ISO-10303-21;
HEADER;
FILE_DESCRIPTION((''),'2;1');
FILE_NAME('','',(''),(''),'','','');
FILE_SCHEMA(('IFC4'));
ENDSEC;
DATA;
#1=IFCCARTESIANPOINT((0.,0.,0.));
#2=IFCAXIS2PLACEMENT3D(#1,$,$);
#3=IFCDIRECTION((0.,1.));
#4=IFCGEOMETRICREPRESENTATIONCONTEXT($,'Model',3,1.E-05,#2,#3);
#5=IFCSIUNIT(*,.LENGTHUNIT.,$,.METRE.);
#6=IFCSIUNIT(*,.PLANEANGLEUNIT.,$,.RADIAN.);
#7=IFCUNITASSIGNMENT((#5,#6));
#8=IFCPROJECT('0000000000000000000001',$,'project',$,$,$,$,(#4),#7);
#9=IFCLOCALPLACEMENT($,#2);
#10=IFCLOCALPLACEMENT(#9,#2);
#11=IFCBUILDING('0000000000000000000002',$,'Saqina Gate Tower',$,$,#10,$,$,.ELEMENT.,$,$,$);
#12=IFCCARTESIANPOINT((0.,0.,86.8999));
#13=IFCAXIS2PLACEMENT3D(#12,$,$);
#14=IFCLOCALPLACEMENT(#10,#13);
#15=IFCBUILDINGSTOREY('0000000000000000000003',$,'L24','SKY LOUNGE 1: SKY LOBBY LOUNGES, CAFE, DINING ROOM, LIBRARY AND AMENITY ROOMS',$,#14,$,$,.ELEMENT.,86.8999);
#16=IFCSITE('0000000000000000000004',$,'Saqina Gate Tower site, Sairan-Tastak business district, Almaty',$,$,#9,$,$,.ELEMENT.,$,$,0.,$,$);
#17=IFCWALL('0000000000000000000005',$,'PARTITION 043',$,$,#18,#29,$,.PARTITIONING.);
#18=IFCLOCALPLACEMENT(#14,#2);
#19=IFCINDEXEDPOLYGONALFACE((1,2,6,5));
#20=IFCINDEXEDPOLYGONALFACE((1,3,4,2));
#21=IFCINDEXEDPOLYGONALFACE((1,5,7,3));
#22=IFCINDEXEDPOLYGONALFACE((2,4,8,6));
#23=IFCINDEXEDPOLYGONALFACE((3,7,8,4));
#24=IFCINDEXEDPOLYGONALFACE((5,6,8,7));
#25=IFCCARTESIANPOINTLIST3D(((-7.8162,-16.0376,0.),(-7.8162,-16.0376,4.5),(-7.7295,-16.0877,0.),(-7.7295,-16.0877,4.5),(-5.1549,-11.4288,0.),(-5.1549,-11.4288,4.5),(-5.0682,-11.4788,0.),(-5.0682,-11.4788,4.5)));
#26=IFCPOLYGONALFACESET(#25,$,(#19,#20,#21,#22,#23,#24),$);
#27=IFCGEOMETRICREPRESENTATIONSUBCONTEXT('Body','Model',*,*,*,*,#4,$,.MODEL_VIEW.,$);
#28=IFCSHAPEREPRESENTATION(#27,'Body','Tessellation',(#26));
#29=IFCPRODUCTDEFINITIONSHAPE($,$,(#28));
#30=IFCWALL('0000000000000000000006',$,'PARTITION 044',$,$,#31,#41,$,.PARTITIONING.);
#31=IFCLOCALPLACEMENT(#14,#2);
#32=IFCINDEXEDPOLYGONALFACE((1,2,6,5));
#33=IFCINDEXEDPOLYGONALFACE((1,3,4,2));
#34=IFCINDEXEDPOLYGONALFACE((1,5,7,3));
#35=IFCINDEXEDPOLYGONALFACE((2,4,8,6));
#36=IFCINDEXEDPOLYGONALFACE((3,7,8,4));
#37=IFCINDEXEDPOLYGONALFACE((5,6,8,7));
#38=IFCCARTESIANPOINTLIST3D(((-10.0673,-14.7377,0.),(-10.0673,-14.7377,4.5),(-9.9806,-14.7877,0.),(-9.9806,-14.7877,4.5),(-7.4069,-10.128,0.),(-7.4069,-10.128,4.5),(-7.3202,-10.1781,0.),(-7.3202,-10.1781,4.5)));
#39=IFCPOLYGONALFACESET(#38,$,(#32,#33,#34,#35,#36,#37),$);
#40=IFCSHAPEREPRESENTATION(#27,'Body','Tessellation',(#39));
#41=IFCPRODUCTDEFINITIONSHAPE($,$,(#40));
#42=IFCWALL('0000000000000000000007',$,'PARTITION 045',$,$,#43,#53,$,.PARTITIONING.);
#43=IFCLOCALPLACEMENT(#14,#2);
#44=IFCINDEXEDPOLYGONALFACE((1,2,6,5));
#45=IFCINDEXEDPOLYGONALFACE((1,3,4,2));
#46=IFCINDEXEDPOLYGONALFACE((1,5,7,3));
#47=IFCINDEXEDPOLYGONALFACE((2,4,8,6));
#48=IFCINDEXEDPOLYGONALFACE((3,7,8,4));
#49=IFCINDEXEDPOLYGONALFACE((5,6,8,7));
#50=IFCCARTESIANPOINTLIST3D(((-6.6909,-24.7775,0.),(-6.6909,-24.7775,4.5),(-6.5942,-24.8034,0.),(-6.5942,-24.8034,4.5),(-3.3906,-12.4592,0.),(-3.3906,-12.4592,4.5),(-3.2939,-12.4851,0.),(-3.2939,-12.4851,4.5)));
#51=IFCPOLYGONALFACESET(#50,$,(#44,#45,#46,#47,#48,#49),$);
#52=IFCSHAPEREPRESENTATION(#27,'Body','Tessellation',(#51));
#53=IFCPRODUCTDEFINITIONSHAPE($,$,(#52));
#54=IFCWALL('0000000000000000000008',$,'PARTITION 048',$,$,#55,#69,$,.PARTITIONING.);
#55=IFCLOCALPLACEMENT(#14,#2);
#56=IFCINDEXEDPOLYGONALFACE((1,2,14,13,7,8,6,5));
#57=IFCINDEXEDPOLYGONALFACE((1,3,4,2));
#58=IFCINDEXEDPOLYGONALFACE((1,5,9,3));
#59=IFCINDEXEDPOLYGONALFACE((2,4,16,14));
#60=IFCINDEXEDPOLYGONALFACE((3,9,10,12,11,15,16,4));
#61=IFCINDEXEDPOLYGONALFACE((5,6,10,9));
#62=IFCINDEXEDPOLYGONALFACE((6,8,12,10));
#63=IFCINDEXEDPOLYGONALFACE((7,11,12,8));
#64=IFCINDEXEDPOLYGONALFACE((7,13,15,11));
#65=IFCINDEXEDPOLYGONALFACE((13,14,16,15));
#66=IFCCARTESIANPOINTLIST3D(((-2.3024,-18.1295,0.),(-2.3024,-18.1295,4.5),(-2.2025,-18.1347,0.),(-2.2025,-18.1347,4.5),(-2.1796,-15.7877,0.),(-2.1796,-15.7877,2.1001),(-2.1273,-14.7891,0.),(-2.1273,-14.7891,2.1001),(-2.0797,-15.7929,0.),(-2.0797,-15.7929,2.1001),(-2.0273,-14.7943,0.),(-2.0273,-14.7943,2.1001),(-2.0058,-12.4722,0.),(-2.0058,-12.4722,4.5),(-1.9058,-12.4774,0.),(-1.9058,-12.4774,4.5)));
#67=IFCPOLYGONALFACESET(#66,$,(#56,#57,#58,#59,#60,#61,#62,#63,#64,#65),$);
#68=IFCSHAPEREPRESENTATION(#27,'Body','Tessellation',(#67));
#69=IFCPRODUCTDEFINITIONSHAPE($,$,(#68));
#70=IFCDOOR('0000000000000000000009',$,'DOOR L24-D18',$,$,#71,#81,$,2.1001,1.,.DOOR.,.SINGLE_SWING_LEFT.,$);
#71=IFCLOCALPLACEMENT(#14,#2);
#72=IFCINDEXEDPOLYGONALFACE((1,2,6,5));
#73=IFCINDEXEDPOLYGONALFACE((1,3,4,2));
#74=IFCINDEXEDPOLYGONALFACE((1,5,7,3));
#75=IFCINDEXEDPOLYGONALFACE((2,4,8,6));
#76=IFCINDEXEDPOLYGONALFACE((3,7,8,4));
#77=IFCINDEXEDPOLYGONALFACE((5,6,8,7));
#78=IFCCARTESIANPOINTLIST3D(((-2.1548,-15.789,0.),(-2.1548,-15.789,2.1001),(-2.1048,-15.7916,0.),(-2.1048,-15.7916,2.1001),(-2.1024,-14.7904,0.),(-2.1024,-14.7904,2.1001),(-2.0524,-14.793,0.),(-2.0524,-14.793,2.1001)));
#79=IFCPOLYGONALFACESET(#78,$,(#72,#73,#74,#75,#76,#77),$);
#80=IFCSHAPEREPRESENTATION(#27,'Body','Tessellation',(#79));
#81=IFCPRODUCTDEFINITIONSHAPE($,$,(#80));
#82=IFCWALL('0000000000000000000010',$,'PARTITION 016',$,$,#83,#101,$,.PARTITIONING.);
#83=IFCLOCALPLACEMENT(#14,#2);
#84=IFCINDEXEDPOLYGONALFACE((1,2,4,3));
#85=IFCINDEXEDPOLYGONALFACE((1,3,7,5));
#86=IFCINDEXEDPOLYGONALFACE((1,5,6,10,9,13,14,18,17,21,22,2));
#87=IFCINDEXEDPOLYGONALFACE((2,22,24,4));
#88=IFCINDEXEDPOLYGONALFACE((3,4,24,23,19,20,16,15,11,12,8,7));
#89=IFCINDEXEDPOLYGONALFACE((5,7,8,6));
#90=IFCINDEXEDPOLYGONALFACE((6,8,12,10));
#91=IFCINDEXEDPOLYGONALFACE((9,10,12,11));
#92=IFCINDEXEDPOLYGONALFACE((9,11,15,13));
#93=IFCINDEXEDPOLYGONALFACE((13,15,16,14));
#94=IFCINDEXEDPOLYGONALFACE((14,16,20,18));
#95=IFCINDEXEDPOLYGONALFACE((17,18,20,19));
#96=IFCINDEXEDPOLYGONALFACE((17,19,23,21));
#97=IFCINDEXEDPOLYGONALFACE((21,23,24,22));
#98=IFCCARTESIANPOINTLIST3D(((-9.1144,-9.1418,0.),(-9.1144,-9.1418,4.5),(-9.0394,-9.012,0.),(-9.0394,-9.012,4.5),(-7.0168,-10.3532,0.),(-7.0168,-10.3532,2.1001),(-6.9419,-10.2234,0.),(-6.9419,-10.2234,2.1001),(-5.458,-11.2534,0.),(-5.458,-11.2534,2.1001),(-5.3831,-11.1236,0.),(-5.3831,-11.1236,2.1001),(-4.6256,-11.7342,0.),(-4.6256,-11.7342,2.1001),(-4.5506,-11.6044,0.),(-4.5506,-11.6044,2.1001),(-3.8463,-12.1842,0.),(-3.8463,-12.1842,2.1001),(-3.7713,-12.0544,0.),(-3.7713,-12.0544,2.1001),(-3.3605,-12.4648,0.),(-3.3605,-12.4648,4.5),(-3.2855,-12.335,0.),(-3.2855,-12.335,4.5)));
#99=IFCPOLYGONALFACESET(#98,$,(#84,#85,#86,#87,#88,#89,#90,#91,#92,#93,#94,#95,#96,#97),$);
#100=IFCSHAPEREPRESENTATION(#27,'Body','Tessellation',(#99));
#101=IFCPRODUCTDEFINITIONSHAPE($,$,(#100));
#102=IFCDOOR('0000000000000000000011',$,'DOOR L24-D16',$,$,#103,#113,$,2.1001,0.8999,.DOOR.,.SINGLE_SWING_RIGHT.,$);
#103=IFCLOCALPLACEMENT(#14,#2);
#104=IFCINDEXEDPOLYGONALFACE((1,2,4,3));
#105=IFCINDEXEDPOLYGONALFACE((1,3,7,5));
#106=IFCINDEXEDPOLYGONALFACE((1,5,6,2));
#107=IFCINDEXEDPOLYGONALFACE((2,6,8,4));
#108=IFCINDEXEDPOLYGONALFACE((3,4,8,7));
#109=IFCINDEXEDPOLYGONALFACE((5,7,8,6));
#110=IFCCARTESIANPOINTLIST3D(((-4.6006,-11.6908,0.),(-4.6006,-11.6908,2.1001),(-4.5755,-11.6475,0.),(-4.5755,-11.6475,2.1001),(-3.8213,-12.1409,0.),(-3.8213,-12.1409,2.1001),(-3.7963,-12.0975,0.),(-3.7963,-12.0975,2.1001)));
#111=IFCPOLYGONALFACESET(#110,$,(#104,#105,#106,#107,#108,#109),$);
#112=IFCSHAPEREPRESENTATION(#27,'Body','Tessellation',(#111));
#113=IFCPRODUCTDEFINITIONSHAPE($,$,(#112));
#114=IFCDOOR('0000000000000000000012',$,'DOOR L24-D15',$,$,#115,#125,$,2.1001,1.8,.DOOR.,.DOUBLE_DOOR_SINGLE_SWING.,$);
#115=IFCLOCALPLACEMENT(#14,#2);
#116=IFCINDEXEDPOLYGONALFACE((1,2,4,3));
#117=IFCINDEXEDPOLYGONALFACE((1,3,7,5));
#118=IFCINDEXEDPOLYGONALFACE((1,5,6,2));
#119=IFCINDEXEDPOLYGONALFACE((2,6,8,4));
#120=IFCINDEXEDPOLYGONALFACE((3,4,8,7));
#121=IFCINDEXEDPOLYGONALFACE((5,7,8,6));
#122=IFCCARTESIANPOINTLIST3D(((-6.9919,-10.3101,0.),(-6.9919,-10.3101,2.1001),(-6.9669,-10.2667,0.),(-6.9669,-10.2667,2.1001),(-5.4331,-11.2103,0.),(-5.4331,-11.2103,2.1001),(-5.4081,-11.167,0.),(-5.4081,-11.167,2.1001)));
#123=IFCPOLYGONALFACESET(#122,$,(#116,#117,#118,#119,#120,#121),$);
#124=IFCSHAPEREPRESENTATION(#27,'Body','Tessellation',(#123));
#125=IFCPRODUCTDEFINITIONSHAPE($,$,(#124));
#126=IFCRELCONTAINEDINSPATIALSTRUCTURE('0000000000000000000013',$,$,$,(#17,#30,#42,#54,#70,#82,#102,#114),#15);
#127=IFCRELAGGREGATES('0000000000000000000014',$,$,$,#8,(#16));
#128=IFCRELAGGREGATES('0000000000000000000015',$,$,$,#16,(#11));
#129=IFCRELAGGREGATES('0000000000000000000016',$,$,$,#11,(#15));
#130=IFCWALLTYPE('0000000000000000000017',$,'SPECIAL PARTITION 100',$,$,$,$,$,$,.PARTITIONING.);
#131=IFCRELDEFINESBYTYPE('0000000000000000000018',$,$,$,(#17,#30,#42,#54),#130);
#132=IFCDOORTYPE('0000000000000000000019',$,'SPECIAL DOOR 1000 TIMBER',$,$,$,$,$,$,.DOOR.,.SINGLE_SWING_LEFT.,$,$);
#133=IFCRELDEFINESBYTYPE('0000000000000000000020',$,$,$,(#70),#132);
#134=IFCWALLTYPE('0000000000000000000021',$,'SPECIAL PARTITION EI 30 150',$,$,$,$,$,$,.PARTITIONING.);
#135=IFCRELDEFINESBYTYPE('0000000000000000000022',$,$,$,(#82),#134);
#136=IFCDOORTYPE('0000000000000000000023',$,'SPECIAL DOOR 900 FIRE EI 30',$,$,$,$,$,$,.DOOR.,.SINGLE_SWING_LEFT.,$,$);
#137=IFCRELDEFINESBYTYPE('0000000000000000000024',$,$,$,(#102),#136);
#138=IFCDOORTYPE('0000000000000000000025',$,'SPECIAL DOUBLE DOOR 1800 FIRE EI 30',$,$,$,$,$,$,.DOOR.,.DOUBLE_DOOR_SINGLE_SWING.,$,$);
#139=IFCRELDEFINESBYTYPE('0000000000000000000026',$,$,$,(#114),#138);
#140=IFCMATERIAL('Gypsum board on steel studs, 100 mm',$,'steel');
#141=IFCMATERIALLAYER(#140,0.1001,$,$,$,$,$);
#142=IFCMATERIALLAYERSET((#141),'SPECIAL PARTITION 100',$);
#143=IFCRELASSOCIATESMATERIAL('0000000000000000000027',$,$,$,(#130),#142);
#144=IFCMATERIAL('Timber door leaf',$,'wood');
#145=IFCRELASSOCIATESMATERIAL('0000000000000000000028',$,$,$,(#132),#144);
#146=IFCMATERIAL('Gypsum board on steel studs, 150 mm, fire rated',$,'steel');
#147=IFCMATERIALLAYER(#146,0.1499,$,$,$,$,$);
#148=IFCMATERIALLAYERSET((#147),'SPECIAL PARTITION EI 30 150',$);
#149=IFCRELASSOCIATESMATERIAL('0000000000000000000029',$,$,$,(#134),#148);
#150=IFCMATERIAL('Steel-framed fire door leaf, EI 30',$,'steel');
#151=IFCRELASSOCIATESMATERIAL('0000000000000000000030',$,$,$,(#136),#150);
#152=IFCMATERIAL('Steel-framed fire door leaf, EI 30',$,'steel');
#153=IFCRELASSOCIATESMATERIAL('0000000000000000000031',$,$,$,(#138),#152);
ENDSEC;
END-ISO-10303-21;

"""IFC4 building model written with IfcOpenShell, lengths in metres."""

from ifc_helpers import new_model, si_unit, direction, frame, frame_2d, origin, place, context, subcontext, project, spatial, rectangle, extrude, material, layer, layer_set, type_object, element, fill, save


model = new_model("IFC4")

# Units and contexts
model_context = context("Model", 3, precision=1e-05, world=origin(), true_north=direction((0.0, 1.0)))
body_context = subcontext(model_context, "Body", "Model", "MODEL_VIEW")
ifc_project = project(units=[si_unit("LENGTHUNIT", "METRE"), si_unit("PLANEANGLEUNIT", "RADIAN")], contexts=[model_context])

# Site, building, storey
site_placement = place(None, origin())
site = spatial("IfcSite", under=ifc_project, at=site_placement, Name="Saqina Gate Tower site, Sairan-Tastak business district, Almaty", CompositionType="ELEMENT", RefElevation=0.0)
building_placement = place(site_placement, origin())
building = spatial("IfcBuilding", under=site, at=building_placement, Name="Saqina Gate Tower", CompositionType="ELEMENT")
storey_placement = place(building_placement, frame((0.0, 0.0, 86.8999)))
storey = spatial("IfcBuildingStorey", under=building, at=storey_placement, Name="L24", Description="SKY LOUNGE 1: SKY LOBBY LOUNGES, CAFE, DINING ROOM, LIBRARY AND AMENITY ROOMS", CompositionType="ELEMENT", Elevation=86.8999)

# Walls
ifc_material_1 = material(Name="Gypsum board on steel studs, 100 mm", Category="steel")
ifc_layer_1 = layer(ifc_material_1, 0.1001)
ifc_layer_set_1 = layer_set([ifc_layer_1], Name="SPECIAL PARTITION 100")
wall_type_1 = type_object("IfcWallType", Name="SPECIAL PARTITION 100", PredefinedType="PARTITIONING", material=ifc_layer_set_1)
wall_1_placement = place(storey_placement, frame((-7.7729, -16.0627, 0.0), z_axis=(0.0, 0.0, 1.0), x_axis=(0.500061, 0.86599, 0.0)))
element("IfcWall", 1, at=wall_1_placement, inside=storey, type_object=wall_type_1, Name="PARTITION 043", PredefinedType="PARTITIONING", context=body_context, shape_type="SweptSolid", body=[
    extrude(rectangle(XDim=5.322, YDim=0.1001, at=frame_2d((2.6611, 0.0))), origin(), (0.0, 0.0, 1.0), 4.5),
])
wall_2_placement = place(storey_placement, frame((-10.0239, -14.7627, 0.0), z_axis=(0.0, 0.0, 1.0), x_axis=(0.499864, 0.866104, 0.0)))
element("IfcWall", 2, at=wall_2_placement, inside=storey, type_object=wall_type_1, Name="PARTITION 044", PredefinedType="PARTITIONING", context=body_context, shape_type="SweptSolid", body=[
    extrude(rectangle(XDim=5.3223, YDim=0.1001, at=frame_2d((2.6611, 0.0))), origin(), (0.0, 0.0, 1.0), 4.5),
])
wall_3_placement = place(storey_placement, frame((-6.6426, -24.7905, 0.0), z_axis=(0.0, 0.0, 1.0), x_axis=(0.258794, 0.965932, 0.0)))
element("IfcWall", 3, at=wall_3_placement, inside=storey, type_object=wall_type_1, Name="PARTITION 045", PredefinedType="PARTITIONING", context=body_context, shape_type="SweptSolid", body=[
    extrude(rectangle(XDim=12.7527, YDim=0.1001, at=frame_2d((6.3765, 0.0))), origin(), (0.0, 0.0, 1.0), 4.5),
])

# Wall, opening, door
wall_4_placement = place(storey_placement, frame((-2.2524, -18.1321, 0.0), z_axis=(0.0, 0.0, 1.0), x_axis=(0.052362, 0.998628, 0.0)))
wall_4 = element("IfcWall", 4, at=wall_4_placement, inside=storey, type_object=wall_type_1, Name="PARTITION 048", PredefinedType="PARTITIONING", context=body_context, shape_type="SweptSolid", body=[
    extrude(rectangle(XDim=5.665, YDim=0.1001, at=frame_2d((2.8325, 0.0))), origin(), (0.0, 0.0, 1.0), 4.5),
])
opening_1_placement = place(wall_4_placement, frame((2.345, 0.0, 0.0)))
opening_1 = element("IfcOpeningElement", 5, at=opening_1_placement, cuts=wall_4, PredefinedType="OPENING", context=body_context, shape_type="SweptSolid", body=[
    extrude(rectangle(XDim=1.0, YDim=2.1001, at=frame_2d((0.5, 1.05))), frame((0.0, 0.062, 0.0), z_axis=(0.0, -1.0, 0.0), x_axis=(1.0, 0.0, 0.0)), (0.0, 0.0, 1.0), 0.124),
])
ifc_material_2 = material(Name="Timber door leaf", Category="wood")
door_type_1 = type_object("IfcDoorType", Name="SPECIAL DOOR 1000 TIMBER", OperationType="SINGLE_SWING_LEFT", PredefinedType="DOOR", material=ifc_material_2)
door_1_placement = place(opening_1_placement, frame((1.0, 0.0, 0.0), z_axis=(0.0, 0.0, 1.0), x_axis=(-1.0, 0.0, 0.0)))
door_1 = element("IfcDoor", 6, at=door_1_placement, inside=storey, type_object=door_type_1, Name="DOOR L24-D18", OperationType="SINGLE_SWING_LEFT", OverallHeight=2.1001, OverallWidth=1.0, PredefinedType="DOOR", context=body_context, shape_type="SweptSolid", body=[
    extrude(rectangle(XDim=1.0, YDim=2.1001, at=frame_2d((0.5, 1.05))), frame((0.0, 0.0249, 0.0), z_axis=(0.0, -1.0, 0.0), x_axis=(1.0, 0.0, 0.0)), (0.0, 0.0, 1.0), 0.05),
])
fill(opening_1, door_1)

# Wall, openings, doors
ifc_material_3 = material(Name="Gypsum board on steel studs, 150 mm, fire rated", Category="steel")
ifc_layer_2 = layer(ifc_material_3, 0.1499)
ifc_layer_set_2 = layer_set([ifc_layer_2], Name="SPECIAL PARTITION EI 30 150")
wall_type_2 = type_object("IfcWallType", Name="SPECIAL PARTITION EI 30 150", PredefinedType="PARTITIONING", material=ifc_layer_set_2)
wall_5_placement = place(storey_placement, frame((-9.0769, -9.0769, 0.0), z_axis=(0.0, 0.0, 1.0), x_axis=(0.865962, -0.50011, 0.0)))
wall_5 = element("IfcWall", 7, at=wall_5_placement, inside=storey, type_object=wall_type_2, Name="PARTITION 016", PredefinedType="PARTITIONING", context=body_context, shape_type="SweptSolid", body=[
    extrude(rectangle(XDim=6.6445, YDim=0.1499, at=frame_2d((3.3223, 0.0))), origin(), (0.0, 0.0, 1.0), 4.5),
])
opening_2_placement = place(wall_5_placement, frame((2.4224, 0.0, 0.0)))
opening_2 = element("IfcOpeningElement", 8, at=opening_2_placement, cuts=wall_5, PredefinedType="OPENING", context=body_context, shape_type="SweptSolid", body=[
    extrude(rectangle(XDim=1.8, YDim=2.1001, at=frame_2d((0.8999, 1.05))), frame((0.0, 0.0869, 0.0), z_axis=(0.0, -1.0, 0.0), x_axis=(1.0, 0.0, 0.0)), (0.0, 0.0, 1.0), 0.1738),
])
opening_3_placement = place(wall_5_placement, frame((5.1836, 0.0, 0.0)))
opening_3 = element("IfcOpeningElement", 9, at=opening_3_placement, cuts=wall_5, PredefinedType="OPENING", context=body_context, shape_type="SweptSolid", body=[
    extrude(rectangle(XDim=0.8999, YDim=2.1001, at=frame_2d((0.45, 1.05))), frame((0.0, 0.0869, 0.0), z_axis=(0.0, -1.0, 0.0), x_axis=(1.0, 0.0, 0.0)), (0.0, 0.0, 1.0), 0.1738),
])
ifc_material_4 = material(Name="Steel-framed fire door leaf, EI 30", Category="steel")
door_type_2 = type_object("IfcDoorType", Name="SPECIAL DOOR 900 FIRE EI 30", OperationType="SINGLE_SWING_LEFT", PredefinedType="DOOR", material=ifc_material_4)
door_2_placement = place(opening_3_placement, frame((0.8999, 0.0, 0.0), z_axis=(0.0, 0.0, 1.0), x_axis=(-1.0, 0.0, 0.0)))
door_2 = element("IfcDoor", 10, at=door_2_placement, inside=storey, type_object=door_type_2, Name="DOOR L24-D16", OperationType="SINGLE_SWING_RIGHT", OverallHeight=2.1001, OverallWidth=0.8999, PredefinedType="DOOR", context=body_context, shape_type="SweptSolid", body=[
    extrude(rectangle(XDim=0.8999, YDim=2.1001, at=frame_2d((0.45, 1.05))), frame((0.0, 0.0249, 0.0), z_axis=(0.0, -1.0, 0.0), x_axis=(1.0, 0.0, 0.0)), (0.0, 0.0, 1.0), 0.05),
])
fill(opening_3, door_2)
ifc_material_5 = material(Name="Steel-framed fire door leaf, EI 30", Category="steel")
door_type_3 = type_object("IfcDoorType", Name="SPECIAL DOUBLE DOOR 1800 FIRE EI 30", OperationType="DOUBLE_DOOR_SINGLE_SWING", PredefinedType="DOOR", material=ifc_material_5)
door_3_placement = place(opening_2_placement, origin())
door_3 = element("IfcDoor", 11, at=door_3_placement, inside=storey, type_object=door_type_3, Name="DOOR L24-D15", OperationType="DOUBLE_DOOR_SINGLE_SWING", OverallHeight=2.1001, OverallWidth=1.8, PredefinedType="DOOR", context=body_context, shape_type="SweptSolid", body=[
    extrude(rectangle(XDim=1.8, YDim=2.1001, at=frame_2d((0.8999, 1.05))), frame((0.0, 0.0249, 0.0), z_axis=(0.0, -1.0, 0.0), x_axis=(1.0, 0.0, 0.0)), (0.0, 0.0, 1.0), 0.05),
])
fill(opening_2, door_3)

save(model, "model.ifc")
